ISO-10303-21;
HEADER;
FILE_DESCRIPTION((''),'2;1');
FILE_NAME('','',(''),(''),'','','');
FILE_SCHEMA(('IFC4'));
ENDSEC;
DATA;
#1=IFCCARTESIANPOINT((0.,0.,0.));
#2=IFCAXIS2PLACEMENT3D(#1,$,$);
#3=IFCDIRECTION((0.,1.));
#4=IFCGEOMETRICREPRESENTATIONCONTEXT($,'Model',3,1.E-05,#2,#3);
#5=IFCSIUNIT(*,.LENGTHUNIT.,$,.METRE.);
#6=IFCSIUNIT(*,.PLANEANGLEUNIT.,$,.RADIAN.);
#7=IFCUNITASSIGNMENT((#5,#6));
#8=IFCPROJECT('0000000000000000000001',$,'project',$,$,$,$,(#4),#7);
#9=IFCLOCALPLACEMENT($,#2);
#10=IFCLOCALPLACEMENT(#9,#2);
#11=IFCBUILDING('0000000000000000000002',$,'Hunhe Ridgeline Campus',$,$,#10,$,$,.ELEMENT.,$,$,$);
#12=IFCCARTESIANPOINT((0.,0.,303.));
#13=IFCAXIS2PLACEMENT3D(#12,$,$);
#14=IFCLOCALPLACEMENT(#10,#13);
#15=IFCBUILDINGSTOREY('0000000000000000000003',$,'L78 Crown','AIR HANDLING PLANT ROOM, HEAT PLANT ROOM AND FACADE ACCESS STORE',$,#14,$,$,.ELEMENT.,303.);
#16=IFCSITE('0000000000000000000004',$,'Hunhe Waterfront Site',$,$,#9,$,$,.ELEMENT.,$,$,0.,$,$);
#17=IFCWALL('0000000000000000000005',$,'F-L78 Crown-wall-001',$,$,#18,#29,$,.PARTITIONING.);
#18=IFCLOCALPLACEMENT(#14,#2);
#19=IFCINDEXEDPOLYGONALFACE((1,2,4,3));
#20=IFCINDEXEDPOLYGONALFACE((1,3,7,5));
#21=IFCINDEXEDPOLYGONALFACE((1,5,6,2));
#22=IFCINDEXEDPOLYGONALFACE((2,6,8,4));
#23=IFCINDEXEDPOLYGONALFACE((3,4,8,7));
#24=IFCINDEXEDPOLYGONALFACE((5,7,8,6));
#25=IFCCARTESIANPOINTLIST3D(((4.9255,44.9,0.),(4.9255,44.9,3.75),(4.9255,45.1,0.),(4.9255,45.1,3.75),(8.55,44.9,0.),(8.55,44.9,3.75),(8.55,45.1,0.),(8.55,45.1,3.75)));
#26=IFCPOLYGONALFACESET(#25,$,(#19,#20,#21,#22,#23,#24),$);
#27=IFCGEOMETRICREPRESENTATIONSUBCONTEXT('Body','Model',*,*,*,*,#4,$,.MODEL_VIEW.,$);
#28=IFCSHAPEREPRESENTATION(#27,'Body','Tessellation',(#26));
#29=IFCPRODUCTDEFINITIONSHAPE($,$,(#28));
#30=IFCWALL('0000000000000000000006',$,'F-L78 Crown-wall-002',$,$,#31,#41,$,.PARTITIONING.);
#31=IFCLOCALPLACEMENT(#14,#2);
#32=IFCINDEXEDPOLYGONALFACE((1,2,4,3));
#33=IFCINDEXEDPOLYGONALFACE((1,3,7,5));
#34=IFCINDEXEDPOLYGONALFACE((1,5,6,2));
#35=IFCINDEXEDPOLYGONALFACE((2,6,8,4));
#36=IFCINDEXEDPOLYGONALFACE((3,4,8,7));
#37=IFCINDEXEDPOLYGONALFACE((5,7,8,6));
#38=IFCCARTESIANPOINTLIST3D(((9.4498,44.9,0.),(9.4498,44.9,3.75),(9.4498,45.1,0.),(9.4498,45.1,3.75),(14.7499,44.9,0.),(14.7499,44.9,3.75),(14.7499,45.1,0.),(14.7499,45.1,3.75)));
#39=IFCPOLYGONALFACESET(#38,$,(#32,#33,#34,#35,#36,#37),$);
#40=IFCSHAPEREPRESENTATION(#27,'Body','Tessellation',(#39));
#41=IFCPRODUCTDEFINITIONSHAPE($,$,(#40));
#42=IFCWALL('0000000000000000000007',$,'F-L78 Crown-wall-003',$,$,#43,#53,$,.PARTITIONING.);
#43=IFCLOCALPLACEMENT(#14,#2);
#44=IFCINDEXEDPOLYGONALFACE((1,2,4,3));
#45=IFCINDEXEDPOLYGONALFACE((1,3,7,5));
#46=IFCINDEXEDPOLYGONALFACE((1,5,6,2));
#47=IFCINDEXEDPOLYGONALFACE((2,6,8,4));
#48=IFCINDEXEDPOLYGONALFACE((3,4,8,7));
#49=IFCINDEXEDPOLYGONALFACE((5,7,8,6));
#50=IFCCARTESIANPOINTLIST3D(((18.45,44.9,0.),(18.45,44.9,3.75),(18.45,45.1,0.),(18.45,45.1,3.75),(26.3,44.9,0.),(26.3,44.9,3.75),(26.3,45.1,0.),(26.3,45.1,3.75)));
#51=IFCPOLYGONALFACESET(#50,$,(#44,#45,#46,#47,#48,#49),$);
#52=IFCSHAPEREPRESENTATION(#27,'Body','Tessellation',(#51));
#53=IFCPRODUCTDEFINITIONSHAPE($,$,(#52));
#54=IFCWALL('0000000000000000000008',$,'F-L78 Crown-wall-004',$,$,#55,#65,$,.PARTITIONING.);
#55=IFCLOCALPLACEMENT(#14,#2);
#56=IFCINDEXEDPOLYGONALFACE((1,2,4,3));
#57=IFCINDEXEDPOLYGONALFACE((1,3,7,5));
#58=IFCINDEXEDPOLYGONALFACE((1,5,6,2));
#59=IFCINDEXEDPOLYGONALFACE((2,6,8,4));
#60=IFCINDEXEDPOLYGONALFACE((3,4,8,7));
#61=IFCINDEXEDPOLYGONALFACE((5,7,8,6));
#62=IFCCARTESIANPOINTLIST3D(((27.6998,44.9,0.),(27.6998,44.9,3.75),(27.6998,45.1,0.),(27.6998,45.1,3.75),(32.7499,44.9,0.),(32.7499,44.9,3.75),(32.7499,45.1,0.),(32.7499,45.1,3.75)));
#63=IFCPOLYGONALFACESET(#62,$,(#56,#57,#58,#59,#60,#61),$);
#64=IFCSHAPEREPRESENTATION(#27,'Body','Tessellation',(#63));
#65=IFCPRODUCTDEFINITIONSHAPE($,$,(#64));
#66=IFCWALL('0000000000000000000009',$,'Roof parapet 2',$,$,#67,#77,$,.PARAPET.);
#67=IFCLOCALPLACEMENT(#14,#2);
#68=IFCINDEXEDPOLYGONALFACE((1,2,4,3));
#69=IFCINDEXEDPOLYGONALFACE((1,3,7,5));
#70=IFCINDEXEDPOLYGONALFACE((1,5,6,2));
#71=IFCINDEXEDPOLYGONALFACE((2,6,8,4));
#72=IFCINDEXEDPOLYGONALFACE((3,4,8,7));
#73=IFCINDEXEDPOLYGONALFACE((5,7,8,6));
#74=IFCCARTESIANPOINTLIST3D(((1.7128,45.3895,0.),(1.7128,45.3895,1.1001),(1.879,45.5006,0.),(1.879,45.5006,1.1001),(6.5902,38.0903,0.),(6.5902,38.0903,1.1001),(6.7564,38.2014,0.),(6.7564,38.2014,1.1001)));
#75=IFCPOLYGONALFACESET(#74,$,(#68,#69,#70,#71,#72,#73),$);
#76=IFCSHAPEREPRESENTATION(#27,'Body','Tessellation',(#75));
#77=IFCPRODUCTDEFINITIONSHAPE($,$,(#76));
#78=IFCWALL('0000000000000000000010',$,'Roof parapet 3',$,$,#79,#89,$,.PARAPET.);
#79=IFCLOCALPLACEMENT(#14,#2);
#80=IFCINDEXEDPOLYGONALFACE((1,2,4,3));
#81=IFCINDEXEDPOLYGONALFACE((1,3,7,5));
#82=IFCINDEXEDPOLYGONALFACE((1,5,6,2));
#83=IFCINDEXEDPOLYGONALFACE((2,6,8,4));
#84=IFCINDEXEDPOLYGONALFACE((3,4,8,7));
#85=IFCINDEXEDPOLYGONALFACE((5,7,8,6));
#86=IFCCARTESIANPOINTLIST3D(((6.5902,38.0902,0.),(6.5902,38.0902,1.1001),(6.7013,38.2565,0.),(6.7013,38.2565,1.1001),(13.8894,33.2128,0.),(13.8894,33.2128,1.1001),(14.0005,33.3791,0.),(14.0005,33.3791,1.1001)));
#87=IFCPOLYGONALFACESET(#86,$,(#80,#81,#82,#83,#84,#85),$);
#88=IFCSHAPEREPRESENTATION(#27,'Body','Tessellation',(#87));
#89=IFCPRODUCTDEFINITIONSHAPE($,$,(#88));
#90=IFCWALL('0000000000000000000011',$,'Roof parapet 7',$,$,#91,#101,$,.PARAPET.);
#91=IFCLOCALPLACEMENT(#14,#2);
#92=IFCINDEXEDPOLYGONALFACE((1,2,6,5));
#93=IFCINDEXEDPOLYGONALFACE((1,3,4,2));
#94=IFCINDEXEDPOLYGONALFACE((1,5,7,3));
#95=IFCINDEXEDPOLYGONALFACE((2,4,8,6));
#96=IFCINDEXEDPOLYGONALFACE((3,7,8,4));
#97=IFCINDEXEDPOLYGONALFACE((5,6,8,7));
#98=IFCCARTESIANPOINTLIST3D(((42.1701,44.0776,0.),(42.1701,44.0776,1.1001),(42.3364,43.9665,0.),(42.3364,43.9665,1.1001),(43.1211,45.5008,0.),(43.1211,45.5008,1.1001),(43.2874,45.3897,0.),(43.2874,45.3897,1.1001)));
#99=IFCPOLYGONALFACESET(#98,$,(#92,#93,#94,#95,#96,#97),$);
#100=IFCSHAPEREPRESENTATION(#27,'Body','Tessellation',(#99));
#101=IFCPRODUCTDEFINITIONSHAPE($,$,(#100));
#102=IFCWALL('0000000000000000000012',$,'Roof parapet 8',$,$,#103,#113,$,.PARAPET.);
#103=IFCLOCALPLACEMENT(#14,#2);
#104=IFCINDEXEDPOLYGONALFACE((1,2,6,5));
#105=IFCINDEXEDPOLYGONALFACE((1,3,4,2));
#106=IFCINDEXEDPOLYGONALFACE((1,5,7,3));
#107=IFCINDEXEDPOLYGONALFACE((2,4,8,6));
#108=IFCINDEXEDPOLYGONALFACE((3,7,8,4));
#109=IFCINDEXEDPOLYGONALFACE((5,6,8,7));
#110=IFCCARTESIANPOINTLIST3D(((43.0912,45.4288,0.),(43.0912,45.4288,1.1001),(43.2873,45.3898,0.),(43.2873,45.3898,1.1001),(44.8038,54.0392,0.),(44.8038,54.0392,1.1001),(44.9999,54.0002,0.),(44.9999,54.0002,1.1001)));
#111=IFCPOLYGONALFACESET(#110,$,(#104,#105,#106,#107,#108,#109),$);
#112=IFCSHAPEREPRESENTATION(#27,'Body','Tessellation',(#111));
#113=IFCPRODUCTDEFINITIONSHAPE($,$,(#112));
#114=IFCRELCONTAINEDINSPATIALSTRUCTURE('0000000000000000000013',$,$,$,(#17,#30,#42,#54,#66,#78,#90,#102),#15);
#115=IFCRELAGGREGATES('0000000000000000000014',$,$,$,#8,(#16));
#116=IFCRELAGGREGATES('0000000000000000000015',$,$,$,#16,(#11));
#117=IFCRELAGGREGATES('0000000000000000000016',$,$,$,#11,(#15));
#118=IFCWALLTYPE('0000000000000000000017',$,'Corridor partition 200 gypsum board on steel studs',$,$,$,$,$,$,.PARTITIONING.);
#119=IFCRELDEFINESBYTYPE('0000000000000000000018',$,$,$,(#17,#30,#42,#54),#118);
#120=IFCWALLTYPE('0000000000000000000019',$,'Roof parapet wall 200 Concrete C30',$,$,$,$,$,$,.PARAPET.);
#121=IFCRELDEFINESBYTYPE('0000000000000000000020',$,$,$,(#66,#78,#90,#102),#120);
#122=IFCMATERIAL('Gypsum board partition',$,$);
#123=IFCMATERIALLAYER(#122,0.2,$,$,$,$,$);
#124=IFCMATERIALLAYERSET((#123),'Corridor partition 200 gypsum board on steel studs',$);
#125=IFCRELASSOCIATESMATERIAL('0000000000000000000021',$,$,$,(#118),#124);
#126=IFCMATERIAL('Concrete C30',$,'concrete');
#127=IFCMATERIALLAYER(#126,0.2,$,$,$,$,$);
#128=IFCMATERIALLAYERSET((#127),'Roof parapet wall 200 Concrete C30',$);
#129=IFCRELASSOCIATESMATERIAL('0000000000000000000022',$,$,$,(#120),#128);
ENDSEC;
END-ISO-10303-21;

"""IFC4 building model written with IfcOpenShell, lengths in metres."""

from ifc_helpers import new_model, si_unit, direction, frame, frame_2d, origin, place, context, subcontext, project, spatial, rectangle, extrude, material, layer, layer_set, type_object, element, save


model = new_model("IFC4")

# Units and contexts
model_context = context("Model", 3, precision=1e-05, world=origin(), true_north=direction((0.0, 1.0)))
body_context = subcontext(model_context, "Body", "Model", "MODEL_VIEW")
ifc_project = project(units=[si_unit("LENGTHUNIT", "METRE"), si_unit("PLANEANGLEUNIT", "RADIAN")], contexts=[model_context])

# Site, building, storey
site_placement = place(None, origin())
site = spatial("IfcSite", under=ifc_project, at=site_placement, Name="Hunhe Waterfront Site", CompositionType="ELEMENT", RefElevation=0.0)
building_placement = place(site_placement, origin())
building = spatial("IfcBuilding", under=site, at=building_placement, Name="Hunhe Ridgeline Campus", CompositionType="ELEMENT")
storey_placement = place(building_placement, frame((0.0, 0.0, 303.0)))
storey = spatial("IfcBuildingStorey", under=building, at=storey_placement, Name="L78 Crown", Description="AIR HANDLING PLANT ROOM, HEAT PLANT ROOM AND FACADE ACCESS STORE", CompositionType="ELEMENT", Elevation=303.0)

# Walls
ifc_material_1 = material(Name="Gypsum board partition")
ifc_layer_1 = layer(ifc_material_1, 0.2)
ifc_layer_set_1 = layer_set([ifc_layer_1], Name="Corridor partition 200 gypsum board on steel studs")
wall_type_1 = type_object("IfcWallType", Name="Corridor partition 200 gypsum board on steel studs", PredefinedType="PARTITIONING", material=ifc_layer_set_1)
wall_1_placement = place(storey_placement, frame((4.9255, 45.0, 0.0), z_axis=(0.0, 0.0, 1.0), x_axis=(1.0, 0.0, 0.0)))
element("IfcWall", 1, at=wall_1_placement, inside=storey, type_object=wall_type_1, Name="F-L78 Crown-wall-001", PredefinedType="PARTITIONING", context=body_context, shape_type="SweptSolid", body=[
    extrude(rectangle(XDim=3.6245, YDim=0.2, at=frame_2d((1.8123, 0.0))), origin(), (0.0, 0.0, 1.0), 3.75),
])
wall_2_placement = place(storey_placement, frame((9.45, 45.0, 0.0), z_axis=(0.0, 0.0, 1.0), x_axis=(1.0, 0.0, 0.0)))
element("IfcWall", 2, at=wall_2_placement, inside=storey, type_object=wall_type_1, Name="F-L78 Crown-wall-002", PredefinedType="PARTITIONING", context=body_context, shape_type="SweptSolid", body=[
    extrude(rectangle(XDim=5.3, YDim=0.2, at=frame_2d((2.6499, 0.0))), origin(), (0.0, 0.0, 1.0), 3.75),
])
wall_3_placement = place(storey_placement, frame((18.45, 45.0, 0.0), z_axis=(0.0, 0.0, 1.0), x_axis=(1.0, 0.0, 0.0)))
element("IfcWall", 3, at=wall_3_placement, inside=storey, type_object=wall_type_1, Name="F-L78 Crown-wall-003", PredefinedType="PARTITIONING", context=body_context, shape_type="SweptSolid", body=[
    extrude(rectangle(XDim=7.8501, YDim=0.2, at=frame_2d((3.925, 0.0))), origin(), (0.0, 0.0, 1.0), 3.75),
])
wall_4_placement = place(storey_placement, frame((27.7, 45.0, 0.0), z_axis=(0.0, 0.0, 1.0), x_axis=(1.0, 0.0, 0.0)))
element("IfcWall", 4, at=wall_4_placement, inside=storey, type_object=wall_type_1, Name="F-L78 Crown-wall-004", PredefinedType="PARTITIONING", context=body_context, shape_type="SweptSolid", body=[
    extrude(rectangle(XDim=5.05, YDim=0.2, at=frame_2d((2.5249, 0.0))), origin(), (0.0, 0.0, 1.0), 3.75),
])

# Walls
ifc_material_2 = material(Name="Concrete C30", Category="concrete")
ifc_layer_2 = layer(ifc_material_2, 0.2)
ifc_layer_set_2 = layer_set([ifc_layer_2], Name="Roof parapet wall 200 Concrete C30")
wall_type_2 = type_object("IfcWallType", Name="Roof parapet wall 200 Concrete C30", PredefinedType="PARAPET", material=ifc_layer_set_2)
for number, where, z_axis, x_axis, name in (
    (5, (1.7959, 45.4451, 0.0), (0.0, 0.0, 1.0), (0.555586, -0.831459, 0.0), "Roof parapet 2"),
    (6, (6.6458, 38.1733, 0.0), (0.0, 0.0, 1.0), (0.831459, -0.555586, 0.0), "Roof parapet 3"),
):
    element("IfcWall", number, at=place(storey_placement, frame(where, z_axis=z_axis, x_axis=x_axis)), inside=storey, type_object=wall_type_2, Name=name, PredefinedType="PARAPET", context=body_context, shape_type="SweptSolid", body=[
        extrude(rectangle(XDim=8.7788, YDim=0.2, at=frame_2d((4.3894, 0.0))), origin(), (0.0, 0.0, 1.0), 1.1001),
    ])
wall_5_placement = place(storey_placement, frame((42.2532, 44.022, 0.0), z_axis=(0.0, 0.0, 1.0), x_axis=(0.555589, 0.831457, 0.0)))
element("IfcWall", 7, at=wall_5_placement, inside=storey, type_object=wall_type_2, Name="Roof parapet 7", PredefinedType="PARAPET", context=body_context, shape_type="SweptSolid", body=[
    extrude(rectangle(XDim=1.7117, YDim=0.2, at=frame_2d((0.856, 0.0))), origin(), (0.0, 0.0, 1.0), 1.1001),
])
wall_6_placement = place(storey_placement, frame((43.1892, 45.4092, 0.0), z_axis=(0.0, 0.0, 1.0), x_axis=(0.195084, 0.980787, 0.0)))
element("IfcWall", 8, at=wall_6_placement, inside=storey, type_object=wall_type_2, Name="Roof parapet 8", PredefinedType="PARAPET", context=body_context, shape_type="SweptSolid", body=[
    extrude(rectangle(XDim=8.7791, YDim=0.2, at=frame_2d((4.3896, 0.0))), origin(), (0.0, 0.0, 1.0), 1.1001),
])

save(model, "model.ifc")
